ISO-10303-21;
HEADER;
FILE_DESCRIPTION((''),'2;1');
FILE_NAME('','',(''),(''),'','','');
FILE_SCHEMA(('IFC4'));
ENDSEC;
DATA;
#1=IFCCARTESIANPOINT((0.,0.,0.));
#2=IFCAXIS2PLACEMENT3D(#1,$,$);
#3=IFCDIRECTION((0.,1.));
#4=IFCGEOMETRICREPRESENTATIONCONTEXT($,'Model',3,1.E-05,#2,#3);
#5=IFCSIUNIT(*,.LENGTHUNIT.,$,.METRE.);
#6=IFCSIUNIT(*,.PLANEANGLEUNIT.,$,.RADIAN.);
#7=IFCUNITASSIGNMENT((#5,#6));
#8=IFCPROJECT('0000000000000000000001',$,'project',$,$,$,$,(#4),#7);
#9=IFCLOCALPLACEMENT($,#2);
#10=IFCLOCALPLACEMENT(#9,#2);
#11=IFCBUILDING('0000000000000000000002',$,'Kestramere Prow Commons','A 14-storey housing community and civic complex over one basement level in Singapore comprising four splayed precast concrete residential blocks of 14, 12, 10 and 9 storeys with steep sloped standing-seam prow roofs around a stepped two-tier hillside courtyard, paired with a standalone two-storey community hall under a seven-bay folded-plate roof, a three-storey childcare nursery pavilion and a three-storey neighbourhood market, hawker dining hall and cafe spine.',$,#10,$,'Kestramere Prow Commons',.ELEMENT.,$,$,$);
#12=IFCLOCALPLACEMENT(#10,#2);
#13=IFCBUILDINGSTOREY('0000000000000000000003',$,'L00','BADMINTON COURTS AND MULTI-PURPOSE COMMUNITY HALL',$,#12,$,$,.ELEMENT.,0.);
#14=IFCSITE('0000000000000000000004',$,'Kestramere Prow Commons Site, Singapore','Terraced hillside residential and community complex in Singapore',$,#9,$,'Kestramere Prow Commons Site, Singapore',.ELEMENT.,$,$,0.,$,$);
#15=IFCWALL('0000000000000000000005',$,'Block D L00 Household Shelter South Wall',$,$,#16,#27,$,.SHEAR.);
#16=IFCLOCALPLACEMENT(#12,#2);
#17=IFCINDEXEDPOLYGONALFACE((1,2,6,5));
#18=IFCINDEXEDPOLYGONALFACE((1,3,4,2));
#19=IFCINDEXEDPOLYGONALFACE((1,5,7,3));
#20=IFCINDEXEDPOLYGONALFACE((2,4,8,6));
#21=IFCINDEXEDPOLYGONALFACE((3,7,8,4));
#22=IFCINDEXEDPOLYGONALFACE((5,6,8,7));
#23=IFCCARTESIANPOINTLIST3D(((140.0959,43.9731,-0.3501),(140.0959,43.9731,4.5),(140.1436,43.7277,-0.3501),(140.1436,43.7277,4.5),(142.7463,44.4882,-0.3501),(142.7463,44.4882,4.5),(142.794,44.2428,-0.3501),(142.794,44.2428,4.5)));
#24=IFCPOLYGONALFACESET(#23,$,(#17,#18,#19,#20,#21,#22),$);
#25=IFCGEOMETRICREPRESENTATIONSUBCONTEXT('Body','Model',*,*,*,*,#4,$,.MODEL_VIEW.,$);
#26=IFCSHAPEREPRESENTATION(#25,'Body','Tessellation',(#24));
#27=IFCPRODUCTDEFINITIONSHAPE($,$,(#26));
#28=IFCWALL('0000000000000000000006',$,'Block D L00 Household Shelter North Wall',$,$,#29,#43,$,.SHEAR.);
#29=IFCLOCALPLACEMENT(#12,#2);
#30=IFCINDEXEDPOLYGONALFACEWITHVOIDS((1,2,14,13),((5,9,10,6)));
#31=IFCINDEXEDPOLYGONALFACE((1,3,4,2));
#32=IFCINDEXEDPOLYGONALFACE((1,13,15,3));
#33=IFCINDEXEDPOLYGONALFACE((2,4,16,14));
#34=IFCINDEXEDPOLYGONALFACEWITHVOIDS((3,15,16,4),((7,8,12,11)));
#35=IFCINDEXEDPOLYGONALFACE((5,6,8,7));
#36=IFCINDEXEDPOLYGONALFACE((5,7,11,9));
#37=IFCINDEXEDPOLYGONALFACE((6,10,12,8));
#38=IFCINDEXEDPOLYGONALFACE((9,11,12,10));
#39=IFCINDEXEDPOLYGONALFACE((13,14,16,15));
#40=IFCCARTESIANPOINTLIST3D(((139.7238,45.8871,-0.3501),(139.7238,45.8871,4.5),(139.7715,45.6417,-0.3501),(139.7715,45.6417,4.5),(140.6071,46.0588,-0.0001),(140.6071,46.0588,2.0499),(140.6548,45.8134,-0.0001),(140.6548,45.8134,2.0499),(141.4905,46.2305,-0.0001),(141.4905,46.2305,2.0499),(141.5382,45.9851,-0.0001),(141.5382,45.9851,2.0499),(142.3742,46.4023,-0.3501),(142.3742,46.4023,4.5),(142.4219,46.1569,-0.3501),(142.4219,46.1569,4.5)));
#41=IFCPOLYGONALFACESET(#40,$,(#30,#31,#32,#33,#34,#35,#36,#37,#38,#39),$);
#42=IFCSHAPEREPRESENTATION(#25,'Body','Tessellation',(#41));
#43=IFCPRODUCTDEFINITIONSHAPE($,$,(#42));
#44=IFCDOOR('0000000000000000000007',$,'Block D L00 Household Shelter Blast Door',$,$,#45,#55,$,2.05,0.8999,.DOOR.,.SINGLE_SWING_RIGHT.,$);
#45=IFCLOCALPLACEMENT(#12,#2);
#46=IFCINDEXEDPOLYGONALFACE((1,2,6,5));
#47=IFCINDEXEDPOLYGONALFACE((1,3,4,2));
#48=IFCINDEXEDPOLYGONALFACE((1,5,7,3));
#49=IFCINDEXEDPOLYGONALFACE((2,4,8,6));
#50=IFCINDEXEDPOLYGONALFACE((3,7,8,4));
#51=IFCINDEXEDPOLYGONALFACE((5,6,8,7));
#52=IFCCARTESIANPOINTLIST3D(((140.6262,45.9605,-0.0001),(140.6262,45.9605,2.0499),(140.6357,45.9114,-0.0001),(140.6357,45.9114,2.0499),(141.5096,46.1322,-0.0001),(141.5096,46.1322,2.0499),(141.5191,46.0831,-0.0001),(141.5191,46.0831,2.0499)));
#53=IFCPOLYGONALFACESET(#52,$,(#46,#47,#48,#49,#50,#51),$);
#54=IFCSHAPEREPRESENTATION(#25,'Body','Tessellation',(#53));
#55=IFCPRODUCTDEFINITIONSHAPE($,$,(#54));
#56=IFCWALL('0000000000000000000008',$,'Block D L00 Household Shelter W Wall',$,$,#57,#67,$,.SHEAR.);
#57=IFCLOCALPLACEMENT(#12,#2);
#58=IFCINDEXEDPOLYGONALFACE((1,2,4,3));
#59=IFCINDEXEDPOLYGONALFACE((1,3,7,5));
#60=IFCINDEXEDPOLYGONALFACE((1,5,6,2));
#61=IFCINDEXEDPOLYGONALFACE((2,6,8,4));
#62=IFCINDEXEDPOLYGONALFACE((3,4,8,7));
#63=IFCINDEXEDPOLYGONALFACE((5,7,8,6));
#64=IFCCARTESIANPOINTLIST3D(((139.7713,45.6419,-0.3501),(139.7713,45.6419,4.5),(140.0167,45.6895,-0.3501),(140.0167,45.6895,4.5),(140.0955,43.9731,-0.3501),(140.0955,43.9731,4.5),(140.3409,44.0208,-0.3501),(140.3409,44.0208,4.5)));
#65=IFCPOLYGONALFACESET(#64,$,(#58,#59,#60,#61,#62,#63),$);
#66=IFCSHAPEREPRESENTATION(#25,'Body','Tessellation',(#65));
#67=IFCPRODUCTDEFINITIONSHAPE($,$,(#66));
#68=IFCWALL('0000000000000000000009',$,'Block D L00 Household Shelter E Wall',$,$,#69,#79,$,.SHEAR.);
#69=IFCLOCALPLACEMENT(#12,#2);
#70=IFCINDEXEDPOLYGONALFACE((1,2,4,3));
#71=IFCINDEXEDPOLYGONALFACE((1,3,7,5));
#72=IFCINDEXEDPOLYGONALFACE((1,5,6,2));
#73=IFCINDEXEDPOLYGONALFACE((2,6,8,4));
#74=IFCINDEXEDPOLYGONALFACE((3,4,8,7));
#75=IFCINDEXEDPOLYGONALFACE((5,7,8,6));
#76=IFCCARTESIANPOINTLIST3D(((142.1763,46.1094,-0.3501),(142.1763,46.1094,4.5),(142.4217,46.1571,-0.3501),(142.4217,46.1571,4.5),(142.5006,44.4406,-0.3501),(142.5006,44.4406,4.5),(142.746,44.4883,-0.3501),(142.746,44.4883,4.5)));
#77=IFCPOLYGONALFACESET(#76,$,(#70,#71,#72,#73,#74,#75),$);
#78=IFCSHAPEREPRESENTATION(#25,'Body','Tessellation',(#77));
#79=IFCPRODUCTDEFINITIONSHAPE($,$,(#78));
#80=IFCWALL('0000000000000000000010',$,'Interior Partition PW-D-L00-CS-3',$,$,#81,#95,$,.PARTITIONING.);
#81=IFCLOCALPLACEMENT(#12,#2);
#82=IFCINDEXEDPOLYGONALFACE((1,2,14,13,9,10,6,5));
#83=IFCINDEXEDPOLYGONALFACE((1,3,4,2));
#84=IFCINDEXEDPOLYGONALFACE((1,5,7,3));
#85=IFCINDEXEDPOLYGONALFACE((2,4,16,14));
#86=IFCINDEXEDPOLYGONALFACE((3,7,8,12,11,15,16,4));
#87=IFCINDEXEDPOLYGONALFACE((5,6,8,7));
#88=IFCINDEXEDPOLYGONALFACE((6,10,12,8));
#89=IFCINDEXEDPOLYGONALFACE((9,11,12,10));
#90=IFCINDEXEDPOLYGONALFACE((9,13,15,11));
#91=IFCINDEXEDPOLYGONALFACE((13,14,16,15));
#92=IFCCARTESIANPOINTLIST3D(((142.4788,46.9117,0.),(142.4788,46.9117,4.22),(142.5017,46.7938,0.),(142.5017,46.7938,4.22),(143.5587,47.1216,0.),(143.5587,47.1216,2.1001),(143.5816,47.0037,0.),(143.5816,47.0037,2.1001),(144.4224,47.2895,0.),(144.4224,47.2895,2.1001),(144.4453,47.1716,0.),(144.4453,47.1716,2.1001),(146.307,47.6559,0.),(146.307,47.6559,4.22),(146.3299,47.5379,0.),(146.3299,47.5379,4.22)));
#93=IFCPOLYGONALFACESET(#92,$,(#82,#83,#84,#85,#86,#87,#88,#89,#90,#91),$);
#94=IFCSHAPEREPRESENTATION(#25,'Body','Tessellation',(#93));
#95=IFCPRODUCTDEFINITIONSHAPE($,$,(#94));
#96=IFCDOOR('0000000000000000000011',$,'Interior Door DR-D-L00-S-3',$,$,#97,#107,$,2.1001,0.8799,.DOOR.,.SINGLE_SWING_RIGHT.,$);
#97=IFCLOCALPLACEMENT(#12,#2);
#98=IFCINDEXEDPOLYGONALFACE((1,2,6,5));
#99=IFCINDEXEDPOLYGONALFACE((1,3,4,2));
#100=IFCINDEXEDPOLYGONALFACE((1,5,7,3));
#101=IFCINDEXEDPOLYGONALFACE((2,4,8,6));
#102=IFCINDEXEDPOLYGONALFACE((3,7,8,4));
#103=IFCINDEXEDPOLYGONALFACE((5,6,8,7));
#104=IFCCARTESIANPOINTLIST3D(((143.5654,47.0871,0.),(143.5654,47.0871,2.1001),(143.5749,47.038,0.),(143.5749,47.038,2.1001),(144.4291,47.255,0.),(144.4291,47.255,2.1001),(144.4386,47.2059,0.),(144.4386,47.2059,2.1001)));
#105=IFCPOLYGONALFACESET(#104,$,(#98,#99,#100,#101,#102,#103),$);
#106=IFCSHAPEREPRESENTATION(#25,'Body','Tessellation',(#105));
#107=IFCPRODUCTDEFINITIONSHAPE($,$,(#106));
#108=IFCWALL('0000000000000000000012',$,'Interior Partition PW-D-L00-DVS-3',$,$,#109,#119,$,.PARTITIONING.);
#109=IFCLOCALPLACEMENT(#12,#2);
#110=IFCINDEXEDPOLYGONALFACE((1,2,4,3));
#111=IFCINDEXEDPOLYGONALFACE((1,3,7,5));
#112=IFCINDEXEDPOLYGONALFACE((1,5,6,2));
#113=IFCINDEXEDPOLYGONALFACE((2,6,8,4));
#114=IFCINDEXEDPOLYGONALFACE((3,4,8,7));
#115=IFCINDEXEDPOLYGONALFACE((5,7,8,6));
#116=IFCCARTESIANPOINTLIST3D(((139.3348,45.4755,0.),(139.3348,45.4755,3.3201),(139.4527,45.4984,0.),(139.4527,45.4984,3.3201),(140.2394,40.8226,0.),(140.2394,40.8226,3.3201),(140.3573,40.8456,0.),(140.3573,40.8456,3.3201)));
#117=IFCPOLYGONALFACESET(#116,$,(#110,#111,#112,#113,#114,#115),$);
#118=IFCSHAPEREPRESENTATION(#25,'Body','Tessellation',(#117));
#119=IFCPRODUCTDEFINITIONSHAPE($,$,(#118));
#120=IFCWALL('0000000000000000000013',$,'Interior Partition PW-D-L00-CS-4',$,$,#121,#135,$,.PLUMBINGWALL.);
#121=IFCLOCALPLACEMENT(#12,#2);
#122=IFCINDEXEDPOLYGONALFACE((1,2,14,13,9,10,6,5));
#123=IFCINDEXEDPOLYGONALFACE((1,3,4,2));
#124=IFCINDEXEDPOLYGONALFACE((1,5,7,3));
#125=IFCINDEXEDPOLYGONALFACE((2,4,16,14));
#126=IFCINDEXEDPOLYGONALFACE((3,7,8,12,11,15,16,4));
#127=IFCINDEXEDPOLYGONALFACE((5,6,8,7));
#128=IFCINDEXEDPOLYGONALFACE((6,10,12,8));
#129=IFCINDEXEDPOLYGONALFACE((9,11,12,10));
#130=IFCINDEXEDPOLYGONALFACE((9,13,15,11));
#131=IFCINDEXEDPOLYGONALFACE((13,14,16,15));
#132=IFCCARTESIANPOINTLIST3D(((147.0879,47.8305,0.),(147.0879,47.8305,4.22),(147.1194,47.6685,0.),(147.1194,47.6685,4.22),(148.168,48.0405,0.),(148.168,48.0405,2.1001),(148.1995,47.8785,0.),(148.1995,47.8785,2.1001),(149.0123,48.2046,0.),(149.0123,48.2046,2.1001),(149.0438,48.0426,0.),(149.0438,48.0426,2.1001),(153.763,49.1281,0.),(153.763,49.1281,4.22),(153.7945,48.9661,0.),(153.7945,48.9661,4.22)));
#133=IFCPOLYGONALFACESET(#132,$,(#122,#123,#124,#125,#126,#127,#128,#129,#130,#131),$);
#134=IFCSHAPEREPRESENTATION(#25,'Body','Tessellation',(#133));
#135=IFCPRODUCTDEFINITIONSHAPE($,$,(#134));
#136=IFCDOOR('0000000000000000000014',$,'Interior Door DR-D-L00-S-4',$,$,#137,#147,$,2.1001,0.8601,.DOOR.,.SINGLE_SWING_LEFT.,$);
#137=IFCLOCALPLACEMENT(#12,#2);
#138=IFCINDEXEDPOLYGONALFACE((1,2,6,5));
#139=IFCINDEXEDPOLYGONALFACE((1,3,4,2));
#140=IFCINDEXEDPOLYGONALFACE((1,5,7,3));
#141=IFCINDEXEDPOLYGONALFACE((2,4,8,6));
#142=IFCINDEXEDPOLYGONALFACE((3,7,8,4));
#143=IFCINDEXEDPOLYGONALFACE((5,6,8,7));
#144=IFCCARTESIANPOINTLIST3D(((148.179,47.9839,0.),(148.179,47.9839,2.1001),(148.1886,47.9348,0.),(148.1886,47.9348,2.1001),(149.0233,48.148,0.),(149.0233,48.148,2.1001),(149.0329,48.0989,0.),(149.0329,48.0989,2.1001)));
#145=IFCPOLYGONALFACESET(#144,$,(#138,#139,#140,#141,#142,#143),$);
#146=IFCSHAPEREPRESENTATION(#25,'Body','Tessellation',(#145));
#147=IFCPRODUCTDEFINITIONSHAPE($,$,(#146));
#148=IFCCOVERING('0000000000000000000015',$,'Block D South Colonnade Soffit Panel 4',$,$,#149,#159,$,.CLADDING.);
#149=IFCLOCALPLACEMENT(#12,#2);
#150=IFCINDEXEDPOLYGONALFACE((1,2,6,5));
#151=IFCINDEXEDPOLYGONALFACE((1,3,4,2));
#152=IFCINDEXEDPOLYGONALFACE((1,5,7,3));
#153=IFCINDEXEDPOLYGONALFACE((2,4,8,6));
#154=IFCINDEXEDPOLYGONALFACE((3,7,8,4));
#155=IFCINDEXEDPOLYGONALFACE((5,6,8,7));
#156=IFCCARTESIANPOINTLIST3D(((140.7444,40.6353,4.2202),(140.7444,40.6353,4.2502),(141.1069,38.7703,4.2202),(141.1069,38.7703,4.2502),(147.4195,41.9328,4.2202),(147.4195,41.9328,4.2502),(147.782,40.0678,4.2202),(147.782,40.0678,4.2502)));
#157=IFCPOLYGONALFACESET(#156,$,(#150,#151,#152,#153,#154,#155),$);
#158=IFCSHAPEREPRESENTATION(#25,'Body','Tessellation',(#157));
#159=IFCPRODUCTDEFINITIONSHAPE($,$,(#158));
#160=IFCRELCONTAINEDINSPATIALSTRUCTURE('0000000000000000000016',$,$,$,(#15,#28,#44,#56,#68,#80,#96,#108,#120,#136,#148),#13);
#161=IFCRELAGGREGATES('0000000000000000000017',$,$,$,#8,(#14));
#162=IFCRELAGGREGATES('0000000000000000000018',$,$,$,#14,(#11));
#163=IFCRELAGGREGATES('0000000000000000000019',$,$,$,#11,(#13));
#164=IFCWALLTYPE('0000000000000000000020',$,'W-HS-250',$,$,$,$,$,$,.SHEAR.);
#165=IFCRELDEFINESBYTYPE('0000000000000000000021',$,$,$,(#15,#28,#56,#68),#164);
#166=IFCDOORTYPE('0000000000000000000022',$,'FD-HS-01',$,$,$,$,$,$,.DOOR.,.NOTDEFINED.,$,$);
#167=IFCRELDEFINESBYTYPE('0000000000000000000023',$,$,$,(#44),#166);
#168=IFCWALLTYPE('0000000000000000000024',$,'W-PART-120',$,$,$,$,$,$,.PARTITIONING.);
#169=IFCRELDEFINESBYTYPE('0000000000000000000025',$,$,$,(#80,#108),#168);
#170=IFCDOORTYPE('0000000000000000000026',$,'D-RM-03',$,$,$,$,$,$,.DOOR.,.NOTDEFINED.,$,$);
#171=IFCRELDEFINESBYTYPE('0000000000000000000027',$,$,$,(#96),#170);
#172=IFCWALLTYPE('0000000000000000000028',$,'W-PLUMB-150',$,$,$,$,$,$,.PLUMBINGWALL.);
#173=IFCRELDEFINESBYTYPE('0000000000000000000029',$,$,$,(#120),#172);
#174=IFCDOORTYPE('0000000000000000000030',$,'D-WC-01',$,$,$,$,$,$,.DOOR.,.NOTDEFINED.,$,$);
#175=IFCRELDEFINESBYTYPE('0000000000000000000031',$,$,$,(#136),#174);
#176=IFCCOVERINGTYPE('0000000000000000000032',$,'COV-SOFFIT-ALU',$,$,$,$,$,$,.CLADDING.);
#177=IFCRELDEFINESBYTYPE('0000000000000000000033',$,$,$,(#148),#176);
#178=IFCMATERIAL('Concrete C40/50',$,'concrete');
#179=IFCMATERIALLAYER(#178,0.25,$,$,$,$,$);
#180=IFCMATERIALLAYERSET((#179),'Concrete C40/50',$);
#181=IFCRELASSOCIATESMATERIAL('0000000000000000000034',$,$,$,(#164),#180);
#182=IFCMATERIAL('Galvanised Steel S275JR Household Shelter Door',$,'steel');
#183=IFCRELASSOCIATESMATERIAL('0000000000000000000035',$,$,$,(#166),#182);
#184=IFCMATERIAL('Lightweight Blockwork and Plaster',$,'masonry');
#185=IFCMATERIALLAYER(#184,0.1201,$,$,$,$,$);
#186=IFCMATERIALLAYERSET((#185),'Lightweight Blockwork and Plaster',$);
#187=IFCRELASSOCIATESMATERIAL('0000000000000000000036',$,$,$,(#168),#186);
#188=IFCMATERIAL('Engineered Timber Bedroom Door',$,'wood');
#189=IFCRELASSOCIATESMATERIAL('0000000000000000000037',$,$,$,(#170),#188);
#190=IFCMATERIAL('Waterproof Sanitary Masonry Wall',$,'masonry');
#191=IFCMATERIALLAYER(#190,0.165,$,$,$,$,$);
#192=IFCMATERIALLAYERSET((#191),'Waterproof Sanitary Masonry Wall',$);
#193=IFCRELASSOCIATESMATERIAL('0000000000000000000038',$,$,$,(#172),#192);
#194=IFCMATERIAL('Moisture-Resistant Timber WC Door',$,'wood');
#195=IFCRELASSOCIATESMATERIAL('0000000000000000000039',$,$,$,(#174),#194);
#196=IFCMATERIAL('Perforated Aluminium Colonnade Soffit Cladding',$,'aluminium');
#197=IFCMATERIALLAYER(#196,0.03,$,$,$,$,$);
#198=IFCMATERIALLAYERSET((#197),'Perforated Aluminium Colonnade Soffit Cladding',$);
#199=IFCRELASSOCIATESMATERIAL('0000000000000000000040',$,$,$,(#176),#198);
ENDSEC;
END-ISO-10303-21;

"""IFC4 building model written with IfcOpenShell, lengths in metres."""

from ifc_helpers import new_model, si_unit, direction, frame, frame_2d, origin, origin_2d, place, context, subcontext, project, spatial, rectangle, extrude, material, layer, layer_set, type_object, element, fill, save


model = new_model("IFC4")

# Units and contexts
model_context = context("Model", 3, precision=1e-05, world=origin(), true_north=direction((0.0, 1.0)))
body_context = subcontext(model_context, "Body", "Model", "MODEL_VIEW")
ifc_project = project(units=[si_unit("LENGTHUNIT", "METRE"), si_unit("PLANEANGLEUNIT", "RADIAN")], contexts=[model_context])

# Site, building, storey
site_placement = place(None, origin())
site = spatial("IfcSite", under=ifc_project, at=site_placement, Name="Kestramere Prow Commons Site, Singapore", Description="Terraced hillside residential and community complex in Singapore", LongName="Kestramere Prow Commons Site, Singapore", CompositionType="ELEMENT", RefElevation=0.0)
building_placement = place(site_placement, origin())
building = spatial("IfcBuilding", under=site, at=building_placement, Name="Kestramere Prow Commons", Description="A 14-storey housing community and civic complex over one basement level in Singapore comprising four splayed precast concrete residential blocks of 14, 12, 10 and 9 storeys with steep sloped standing-seam prow roofs around a stepped two-tier hillside courtyard, paired with a standalone two-storey community hall under a seven-bay folded-plate roof, a three-storey childcare nursery pavilion and a three-storey neighbourhood market, hawker dining hall and cafe spine.", LongName="Kestramere Prow Commons", CompositionType="ELEMENT")
storey_placement = place(building_placement, origin())
storey = spatial("IfcBuildingStorey", under=building, at=storey_placement, Name="L00", Description="BADMINTON COURTS AND MULTI-PURPOSE COMMUNITY HALL", CompositionType="ELEMENT", Elevation=0.0)

# Wall
ifc_material_1 = material(Name="Concrete C40/50", Category="concrete")
ifc_layer_1 = layer(ifc_material_1, 0.25)
ifc_layer_set_1 = layer_set([ifc_layer_1], Name="Concrete C40/50")
wall_type_1 = type_object("IfcWallType", Name="W-HS-250", PredefinedType="SHEAR", material=ifc_layer_set_1)
wall_1_placement = place(storey_placement, frame((140.1196, 43.8503, -0.3501), z_axis=(0.0, 0.0, 1.0), x_axis=(0.98163, 0.190792, 0.0)))
element("IfcWall", 1, at=wall_1_placement, inside=storey, type_object=wall_type_1, Name="Block D L00 Household Shelter South Wall", PredefinedType="SHEAR", context=body_context, shape_type="SweptSolid", body=[
    extrude(rectangle(XDim=2.7, YDim=0.25, at=frame_2d((1.3501, 0.0))), origin(), (0.0, 0.0, 1.0), 4.8501),
])

# Wall, opening, door
wall_2_placement = place(storey_placement, frame((139.7476, 45.7644, -0.3501), z_axis=(0.0, 0.0, 1.0), x_axis=(0.98163, 0.190792, 0.0)))
wall_2 = element("IfcWall", 2, at=wall_2_placement, inside=storey, type_object=wall_type_1, Name="Block D L00 Household Shelter North Wall", PredefinedType="SHEAR", context=body_context, shape_type="SweptSolid", body=[
    extrude(rectangle(XDim=2.7, YDim=0.25, at=frame_2d((1.3501, 0.0))), origin(), (0.0, 0.0, 1.0), 4.8501),
])
opening_1_placement = place(wall_2_placement, frame((0.8999, 0.0, 0.3501)))
opening_1 = element("IfcOpeningElement", 3, at=opening_1_placement, cuts=wall_2, PredefinedType="OPENING", context=body_context, shape_type="SweptSolid", body=[
    extrude(rectangle(XDim=0.8999, YDim=2.05, at=frame_2d((0.45, 1.0249))), frame((0.0, 0.1399, 0.0), z_axis=(0.0, -1.0, 0.0), x_axis=(1.0, 0.0, 0.0)), (0.0, 0.0, 1.0), 0.28),
])
ifc_material_2 = material(Name="Galvanised Steel S275JR Household Shelter Door", Category="steel")
door_type_1 = type_object("IfcDoorType", Name="FD-HS-01", OperationType="NOTDEFINED", PredefinedType="DOOR", material=ifc_material_2)
door_1_placement = place(opening_1_placement, origin())
door_1 = element("IfcDoor", 4, at=door_1_placement, inside=storey, type_object=door_type_1, Name="Block D L00 Household Shelter Blast Door", OperationType="SINGLE_SWING_RIGHT", OverallHeight=2.05, OverallWidth=0.8999, PredefinedType="DOOR", context=body_context, shape_type="SweptSolid", body=[
    extrude(rectangle(XDim=0.8999, YDim=2.05, at=frame_2d((0.45, 1.0249))), frame((0.0, 0.0249, 0.0), z_axis=(0.0, -1.0, 0.0), x_axis=(1.0, 0.0, 0.0)), (0.0, 0.0, 1.0), 0.05),
])
fill(opening_1, door_1)

# Walls
for number, where, z_axis, x_axis, name in (
    (5, (140.2183, 43.9968, -0.3501), (0.0, 0.0, 1.0), (-0.190727, 0.981643, 0.0), "Block D L00 Household Shelter W Wall"),
    (6, (142.6233, 44.4644, -0.3501), (0.0, 0.0, 1.0), (-0.190727, 0.981643, 0.0), "Block D L00 Household Shelter E Wall"),
):
    element("IfcWall", number, at=place(storey_placement, frame(where, z_axis=z_axis, x_axis=x_axis)), inside=storey, type_object=wall_type_1, Name=name, PredefinedType="SHEAR", context=body_context, shape_type="SweptSolid", body=[
        extrude(rectangle(XDim=1.7, YDim=0.25, at=frame_2d((0.8501, 0.0))), origin(), (0.0, 0.0, 1.0), 4.8501),
    ])

# Wall, opening, door
ifc_material_3 = material(Name="Lightweight Blockwork and Plaster", Category="masonry")
ifc_layer_2 = layer(ifc_material_3, 0.1201)
ifc_layer_set_2 = layer_set([ifc_layer_2], Name="Lightweight Blockwork and Plaster")
wall_type_2 = type_object("IfcWallType", Name="W-PART-120", PredefinedType="PARTITIONING", material=ifc_layer_set_2)
wall_3_placement = place(storey_placement, frame((142.4902, 46.8528, 0.0), z_axis=(0.0, 0.0, 1.0), x_axis=(0.981628, 0.190804, 0.0)))
wall_3 = element("IfcWall", 7, at=wall_3_placement, inside=storey, type_object=wall_type_2, Name="Interior Partition PW-D-L00-CS-3", PredefinedType="PARTITIONING", context=body_context, shape_type="SweptSolid", body=[
    extrude(rectangle(XDim=3.8999, YDim=0.1201, at=frame_2d((1.95, 0.0))), origin(), (0.0, 0.0, 1.0), 4.22),
])
opening_2_placement = place(wall_3_placement, frame((1.1001, 0.0, 0.0)))
opening_2 = element("IfcOpeningElement", 8, at=opening_2_placement, cuts=wall_3, PredefinedType="OPENING", context=body_context, shape_type="SweptSolid", body=[
    extrude(rectangle(XDim=0.8799, YDim=2.1001, at=frame_2d((0.4399, 1.05))), frame((0.0, 0.075, 0.0), z_axis=(0.0, -1.0, 0.0), x_axis=(1.0, 0.0, 0.0)), (0.0, 0.0, 1.0), 0.1501),
])
ifc_material_4 = material(Name="Engineered Timber Bedroom Door", Category="wood")
door_type_2 = type_object("IfcDoorType", Name="D-RM-03", OperationType="NOTDEFINED", PredefinedType="DOOR", material=ifc_material_4)
door_2_placement = place(opening_2_placement, origin())
door_2 = element("IfcDoor", 9, at=door_2_placement, inside=storey, type_object=door_type_2, Name="Interior Door DR-D-L00-S-3", OperationType="SINGLE_SWING_RIGHT", OverallHeight=2.1001, OverallWidth=0.8799, PredefinedType="DOOR", context=body_context, shape_type="SweptSolid", body=[
    extrude(rectangle(XDim=0.8799, YDim=2.1001, at=frame_2d((0.4399, 1.05))), frame((0.0, 0.0249, 0.0), z_axis=(0.0, -1.0, 0.0), x_axis=(1.0, 0.0, 0.0)), (0.0, 0.0, 1.0), 0.05),
])
fill(opening_2, door_2)

# Wall
wall_4_placement = place(storey_placement, frame((140.2983, 40.834, 0.0), z_axis=(0.0, 0.0, 1.0), x_axis=(-0.190834, 0.981622, 0.0)))
element("IfcWall", 10, at=wall_4_placement, inside=storey, type_object=wall_type_2, Name="Interior Partition PW-D-L00-DVS-3", PredefinedType="PARTITIONING", context=body_context, shape_type="SweptSolid", body=[
    extrude(rectangle(XDim=4.74, YDim=0.1201, at=frame_2d((2.3701, 0.0))), origin(), (0.0, 0.0, 1.0), 3.3201),
])

# Wall, opening, door
ifc_material_5 = material(Name="Waterproof Sanitary Masonry Wall", Category="masonry")
ifc_layer_3 = layer(ifc_material_5, 0.165)
ifc_layer_set_3 = layer_set([ifc_layer_3], Name="Waterproof Sanitary Masonry Wall")
wall_type_3 = type_object("IfcWallType", Name="W-PLUMB-150", PredefinedType="PLUMBINGWALL", material=ifc_layer_set_3)
wall_5_placement = place(storey_placement, frame((147.1038, 47.7495, 0.0), z_axis=(0.0, 0.0, 1.0), x_axis=(0.981624, 0.190824, 0.0)))
wall_5 = element("IfcWall", 11, at=wall_5_placement, inside=storey, type_object=wall_type_3, Name="Interior Partition PW-D-L00-CS-4", PredefinedType="PLUMBINGWALL", context=body_context, shape_type="SweptSolid", body=[
    extrude(rectangle(XDim=6.8, YDim=0.165, at=frame_2d((3.3999, 0.0))), origin(), (0.0, 0.0, 1.0), 4.22),
])
opening_3_placement = place(wall_5_placement, frame((1.1001, 0.0, 0.0)))
opening_3 = element("IfcOpeningElement", 12, at=opening_3_placement, cuts=wall_5, PredefinedType="OPENING", context=body_context, shape_type="SweptSolid", body=[
    extrude(rectangle(XDim=0.8601, YDim=2.1001, at=frame_2d((0.4302, 1.05))), frame((0.0, 0.0974, 0.0), z_axis=(0.0, -1.0, 0.0), x_axis=(1.0, 0.0, 0.0)), (0.0, 0.0, 1.0), 0.1951),
])
ifc_material_6 = material(Name="Moisture-Resistant Timber WC Door", Category="wood")
door_type_3 = type_object("IfcDoorType", Name="D-WC-01", OperationType="NOTDEFINED", PredefinedType="DOOR", material=ifc_material_6)
door_3_placement = place(opening_3_placement, origin())
door_3 = element("IfcDoor", 13, at=door_3_placement, inside=storey, type_object=door_type_3, Name="Interior Door DR-D-L00-S-4", OperationType="SINGLE_SWING_LEFT", OverallHeight=2.1001, OverallWidth=0.8601, PredefinedType="DOOR", context=body_context, shape_type="SweptSolid", body=[
    extrude(rectangle(XDim=0.8601, YDim=2.1001, at=frame_2d((0.4302, 1.05))), frame((0.0, 0.0249, 0.0), z_axis=(0.0, -1.0, 0.0), x_axis=(1.0, 0.0, 0.0)), (0.0, 0.0, 1.0), 0.05),
])
fill(opening_3, door_3)

# Covering
ifc_material_7 = material(Name="Perforated Aluminium Colonnade Soffit Cladding", Category="aluminium")
ifc_layer_4 = layer(ifc_material_7, 0.03)
ifc_layer_set_4 = layer_set([ifc_layer_4], Name="Perforated Aluminium Colonnade Soffit Cladding")
covering_type = type_object("IfcCoveringType", Name="COV-SOFFIT-ALU", PredefinedType="CLADDING", material=ifc_layer_set_4)
covering_placement = place(storey_placement, frame((144.2632, 40.3516, 4.2202), z_axis=(0.0, 0.0, 1.0), x_axis=(0.981627, 0.190809, 0.0)))
element("IfcCovering", 14, at=covering_placement, inside=storey, type_object=covering_type, Name="Block D South Colonnade Soffit Panel 4", PredefinedType="CLADDING", context=body_context, shape_type="SweptSolid", body=[
    extrude(rectangle(XDim=6.8, YDim=1.8999, at=origin_2d()), origin(), (0.0, 0.0, 1.0), 0.03),
])

save(model, "model.ifc")
